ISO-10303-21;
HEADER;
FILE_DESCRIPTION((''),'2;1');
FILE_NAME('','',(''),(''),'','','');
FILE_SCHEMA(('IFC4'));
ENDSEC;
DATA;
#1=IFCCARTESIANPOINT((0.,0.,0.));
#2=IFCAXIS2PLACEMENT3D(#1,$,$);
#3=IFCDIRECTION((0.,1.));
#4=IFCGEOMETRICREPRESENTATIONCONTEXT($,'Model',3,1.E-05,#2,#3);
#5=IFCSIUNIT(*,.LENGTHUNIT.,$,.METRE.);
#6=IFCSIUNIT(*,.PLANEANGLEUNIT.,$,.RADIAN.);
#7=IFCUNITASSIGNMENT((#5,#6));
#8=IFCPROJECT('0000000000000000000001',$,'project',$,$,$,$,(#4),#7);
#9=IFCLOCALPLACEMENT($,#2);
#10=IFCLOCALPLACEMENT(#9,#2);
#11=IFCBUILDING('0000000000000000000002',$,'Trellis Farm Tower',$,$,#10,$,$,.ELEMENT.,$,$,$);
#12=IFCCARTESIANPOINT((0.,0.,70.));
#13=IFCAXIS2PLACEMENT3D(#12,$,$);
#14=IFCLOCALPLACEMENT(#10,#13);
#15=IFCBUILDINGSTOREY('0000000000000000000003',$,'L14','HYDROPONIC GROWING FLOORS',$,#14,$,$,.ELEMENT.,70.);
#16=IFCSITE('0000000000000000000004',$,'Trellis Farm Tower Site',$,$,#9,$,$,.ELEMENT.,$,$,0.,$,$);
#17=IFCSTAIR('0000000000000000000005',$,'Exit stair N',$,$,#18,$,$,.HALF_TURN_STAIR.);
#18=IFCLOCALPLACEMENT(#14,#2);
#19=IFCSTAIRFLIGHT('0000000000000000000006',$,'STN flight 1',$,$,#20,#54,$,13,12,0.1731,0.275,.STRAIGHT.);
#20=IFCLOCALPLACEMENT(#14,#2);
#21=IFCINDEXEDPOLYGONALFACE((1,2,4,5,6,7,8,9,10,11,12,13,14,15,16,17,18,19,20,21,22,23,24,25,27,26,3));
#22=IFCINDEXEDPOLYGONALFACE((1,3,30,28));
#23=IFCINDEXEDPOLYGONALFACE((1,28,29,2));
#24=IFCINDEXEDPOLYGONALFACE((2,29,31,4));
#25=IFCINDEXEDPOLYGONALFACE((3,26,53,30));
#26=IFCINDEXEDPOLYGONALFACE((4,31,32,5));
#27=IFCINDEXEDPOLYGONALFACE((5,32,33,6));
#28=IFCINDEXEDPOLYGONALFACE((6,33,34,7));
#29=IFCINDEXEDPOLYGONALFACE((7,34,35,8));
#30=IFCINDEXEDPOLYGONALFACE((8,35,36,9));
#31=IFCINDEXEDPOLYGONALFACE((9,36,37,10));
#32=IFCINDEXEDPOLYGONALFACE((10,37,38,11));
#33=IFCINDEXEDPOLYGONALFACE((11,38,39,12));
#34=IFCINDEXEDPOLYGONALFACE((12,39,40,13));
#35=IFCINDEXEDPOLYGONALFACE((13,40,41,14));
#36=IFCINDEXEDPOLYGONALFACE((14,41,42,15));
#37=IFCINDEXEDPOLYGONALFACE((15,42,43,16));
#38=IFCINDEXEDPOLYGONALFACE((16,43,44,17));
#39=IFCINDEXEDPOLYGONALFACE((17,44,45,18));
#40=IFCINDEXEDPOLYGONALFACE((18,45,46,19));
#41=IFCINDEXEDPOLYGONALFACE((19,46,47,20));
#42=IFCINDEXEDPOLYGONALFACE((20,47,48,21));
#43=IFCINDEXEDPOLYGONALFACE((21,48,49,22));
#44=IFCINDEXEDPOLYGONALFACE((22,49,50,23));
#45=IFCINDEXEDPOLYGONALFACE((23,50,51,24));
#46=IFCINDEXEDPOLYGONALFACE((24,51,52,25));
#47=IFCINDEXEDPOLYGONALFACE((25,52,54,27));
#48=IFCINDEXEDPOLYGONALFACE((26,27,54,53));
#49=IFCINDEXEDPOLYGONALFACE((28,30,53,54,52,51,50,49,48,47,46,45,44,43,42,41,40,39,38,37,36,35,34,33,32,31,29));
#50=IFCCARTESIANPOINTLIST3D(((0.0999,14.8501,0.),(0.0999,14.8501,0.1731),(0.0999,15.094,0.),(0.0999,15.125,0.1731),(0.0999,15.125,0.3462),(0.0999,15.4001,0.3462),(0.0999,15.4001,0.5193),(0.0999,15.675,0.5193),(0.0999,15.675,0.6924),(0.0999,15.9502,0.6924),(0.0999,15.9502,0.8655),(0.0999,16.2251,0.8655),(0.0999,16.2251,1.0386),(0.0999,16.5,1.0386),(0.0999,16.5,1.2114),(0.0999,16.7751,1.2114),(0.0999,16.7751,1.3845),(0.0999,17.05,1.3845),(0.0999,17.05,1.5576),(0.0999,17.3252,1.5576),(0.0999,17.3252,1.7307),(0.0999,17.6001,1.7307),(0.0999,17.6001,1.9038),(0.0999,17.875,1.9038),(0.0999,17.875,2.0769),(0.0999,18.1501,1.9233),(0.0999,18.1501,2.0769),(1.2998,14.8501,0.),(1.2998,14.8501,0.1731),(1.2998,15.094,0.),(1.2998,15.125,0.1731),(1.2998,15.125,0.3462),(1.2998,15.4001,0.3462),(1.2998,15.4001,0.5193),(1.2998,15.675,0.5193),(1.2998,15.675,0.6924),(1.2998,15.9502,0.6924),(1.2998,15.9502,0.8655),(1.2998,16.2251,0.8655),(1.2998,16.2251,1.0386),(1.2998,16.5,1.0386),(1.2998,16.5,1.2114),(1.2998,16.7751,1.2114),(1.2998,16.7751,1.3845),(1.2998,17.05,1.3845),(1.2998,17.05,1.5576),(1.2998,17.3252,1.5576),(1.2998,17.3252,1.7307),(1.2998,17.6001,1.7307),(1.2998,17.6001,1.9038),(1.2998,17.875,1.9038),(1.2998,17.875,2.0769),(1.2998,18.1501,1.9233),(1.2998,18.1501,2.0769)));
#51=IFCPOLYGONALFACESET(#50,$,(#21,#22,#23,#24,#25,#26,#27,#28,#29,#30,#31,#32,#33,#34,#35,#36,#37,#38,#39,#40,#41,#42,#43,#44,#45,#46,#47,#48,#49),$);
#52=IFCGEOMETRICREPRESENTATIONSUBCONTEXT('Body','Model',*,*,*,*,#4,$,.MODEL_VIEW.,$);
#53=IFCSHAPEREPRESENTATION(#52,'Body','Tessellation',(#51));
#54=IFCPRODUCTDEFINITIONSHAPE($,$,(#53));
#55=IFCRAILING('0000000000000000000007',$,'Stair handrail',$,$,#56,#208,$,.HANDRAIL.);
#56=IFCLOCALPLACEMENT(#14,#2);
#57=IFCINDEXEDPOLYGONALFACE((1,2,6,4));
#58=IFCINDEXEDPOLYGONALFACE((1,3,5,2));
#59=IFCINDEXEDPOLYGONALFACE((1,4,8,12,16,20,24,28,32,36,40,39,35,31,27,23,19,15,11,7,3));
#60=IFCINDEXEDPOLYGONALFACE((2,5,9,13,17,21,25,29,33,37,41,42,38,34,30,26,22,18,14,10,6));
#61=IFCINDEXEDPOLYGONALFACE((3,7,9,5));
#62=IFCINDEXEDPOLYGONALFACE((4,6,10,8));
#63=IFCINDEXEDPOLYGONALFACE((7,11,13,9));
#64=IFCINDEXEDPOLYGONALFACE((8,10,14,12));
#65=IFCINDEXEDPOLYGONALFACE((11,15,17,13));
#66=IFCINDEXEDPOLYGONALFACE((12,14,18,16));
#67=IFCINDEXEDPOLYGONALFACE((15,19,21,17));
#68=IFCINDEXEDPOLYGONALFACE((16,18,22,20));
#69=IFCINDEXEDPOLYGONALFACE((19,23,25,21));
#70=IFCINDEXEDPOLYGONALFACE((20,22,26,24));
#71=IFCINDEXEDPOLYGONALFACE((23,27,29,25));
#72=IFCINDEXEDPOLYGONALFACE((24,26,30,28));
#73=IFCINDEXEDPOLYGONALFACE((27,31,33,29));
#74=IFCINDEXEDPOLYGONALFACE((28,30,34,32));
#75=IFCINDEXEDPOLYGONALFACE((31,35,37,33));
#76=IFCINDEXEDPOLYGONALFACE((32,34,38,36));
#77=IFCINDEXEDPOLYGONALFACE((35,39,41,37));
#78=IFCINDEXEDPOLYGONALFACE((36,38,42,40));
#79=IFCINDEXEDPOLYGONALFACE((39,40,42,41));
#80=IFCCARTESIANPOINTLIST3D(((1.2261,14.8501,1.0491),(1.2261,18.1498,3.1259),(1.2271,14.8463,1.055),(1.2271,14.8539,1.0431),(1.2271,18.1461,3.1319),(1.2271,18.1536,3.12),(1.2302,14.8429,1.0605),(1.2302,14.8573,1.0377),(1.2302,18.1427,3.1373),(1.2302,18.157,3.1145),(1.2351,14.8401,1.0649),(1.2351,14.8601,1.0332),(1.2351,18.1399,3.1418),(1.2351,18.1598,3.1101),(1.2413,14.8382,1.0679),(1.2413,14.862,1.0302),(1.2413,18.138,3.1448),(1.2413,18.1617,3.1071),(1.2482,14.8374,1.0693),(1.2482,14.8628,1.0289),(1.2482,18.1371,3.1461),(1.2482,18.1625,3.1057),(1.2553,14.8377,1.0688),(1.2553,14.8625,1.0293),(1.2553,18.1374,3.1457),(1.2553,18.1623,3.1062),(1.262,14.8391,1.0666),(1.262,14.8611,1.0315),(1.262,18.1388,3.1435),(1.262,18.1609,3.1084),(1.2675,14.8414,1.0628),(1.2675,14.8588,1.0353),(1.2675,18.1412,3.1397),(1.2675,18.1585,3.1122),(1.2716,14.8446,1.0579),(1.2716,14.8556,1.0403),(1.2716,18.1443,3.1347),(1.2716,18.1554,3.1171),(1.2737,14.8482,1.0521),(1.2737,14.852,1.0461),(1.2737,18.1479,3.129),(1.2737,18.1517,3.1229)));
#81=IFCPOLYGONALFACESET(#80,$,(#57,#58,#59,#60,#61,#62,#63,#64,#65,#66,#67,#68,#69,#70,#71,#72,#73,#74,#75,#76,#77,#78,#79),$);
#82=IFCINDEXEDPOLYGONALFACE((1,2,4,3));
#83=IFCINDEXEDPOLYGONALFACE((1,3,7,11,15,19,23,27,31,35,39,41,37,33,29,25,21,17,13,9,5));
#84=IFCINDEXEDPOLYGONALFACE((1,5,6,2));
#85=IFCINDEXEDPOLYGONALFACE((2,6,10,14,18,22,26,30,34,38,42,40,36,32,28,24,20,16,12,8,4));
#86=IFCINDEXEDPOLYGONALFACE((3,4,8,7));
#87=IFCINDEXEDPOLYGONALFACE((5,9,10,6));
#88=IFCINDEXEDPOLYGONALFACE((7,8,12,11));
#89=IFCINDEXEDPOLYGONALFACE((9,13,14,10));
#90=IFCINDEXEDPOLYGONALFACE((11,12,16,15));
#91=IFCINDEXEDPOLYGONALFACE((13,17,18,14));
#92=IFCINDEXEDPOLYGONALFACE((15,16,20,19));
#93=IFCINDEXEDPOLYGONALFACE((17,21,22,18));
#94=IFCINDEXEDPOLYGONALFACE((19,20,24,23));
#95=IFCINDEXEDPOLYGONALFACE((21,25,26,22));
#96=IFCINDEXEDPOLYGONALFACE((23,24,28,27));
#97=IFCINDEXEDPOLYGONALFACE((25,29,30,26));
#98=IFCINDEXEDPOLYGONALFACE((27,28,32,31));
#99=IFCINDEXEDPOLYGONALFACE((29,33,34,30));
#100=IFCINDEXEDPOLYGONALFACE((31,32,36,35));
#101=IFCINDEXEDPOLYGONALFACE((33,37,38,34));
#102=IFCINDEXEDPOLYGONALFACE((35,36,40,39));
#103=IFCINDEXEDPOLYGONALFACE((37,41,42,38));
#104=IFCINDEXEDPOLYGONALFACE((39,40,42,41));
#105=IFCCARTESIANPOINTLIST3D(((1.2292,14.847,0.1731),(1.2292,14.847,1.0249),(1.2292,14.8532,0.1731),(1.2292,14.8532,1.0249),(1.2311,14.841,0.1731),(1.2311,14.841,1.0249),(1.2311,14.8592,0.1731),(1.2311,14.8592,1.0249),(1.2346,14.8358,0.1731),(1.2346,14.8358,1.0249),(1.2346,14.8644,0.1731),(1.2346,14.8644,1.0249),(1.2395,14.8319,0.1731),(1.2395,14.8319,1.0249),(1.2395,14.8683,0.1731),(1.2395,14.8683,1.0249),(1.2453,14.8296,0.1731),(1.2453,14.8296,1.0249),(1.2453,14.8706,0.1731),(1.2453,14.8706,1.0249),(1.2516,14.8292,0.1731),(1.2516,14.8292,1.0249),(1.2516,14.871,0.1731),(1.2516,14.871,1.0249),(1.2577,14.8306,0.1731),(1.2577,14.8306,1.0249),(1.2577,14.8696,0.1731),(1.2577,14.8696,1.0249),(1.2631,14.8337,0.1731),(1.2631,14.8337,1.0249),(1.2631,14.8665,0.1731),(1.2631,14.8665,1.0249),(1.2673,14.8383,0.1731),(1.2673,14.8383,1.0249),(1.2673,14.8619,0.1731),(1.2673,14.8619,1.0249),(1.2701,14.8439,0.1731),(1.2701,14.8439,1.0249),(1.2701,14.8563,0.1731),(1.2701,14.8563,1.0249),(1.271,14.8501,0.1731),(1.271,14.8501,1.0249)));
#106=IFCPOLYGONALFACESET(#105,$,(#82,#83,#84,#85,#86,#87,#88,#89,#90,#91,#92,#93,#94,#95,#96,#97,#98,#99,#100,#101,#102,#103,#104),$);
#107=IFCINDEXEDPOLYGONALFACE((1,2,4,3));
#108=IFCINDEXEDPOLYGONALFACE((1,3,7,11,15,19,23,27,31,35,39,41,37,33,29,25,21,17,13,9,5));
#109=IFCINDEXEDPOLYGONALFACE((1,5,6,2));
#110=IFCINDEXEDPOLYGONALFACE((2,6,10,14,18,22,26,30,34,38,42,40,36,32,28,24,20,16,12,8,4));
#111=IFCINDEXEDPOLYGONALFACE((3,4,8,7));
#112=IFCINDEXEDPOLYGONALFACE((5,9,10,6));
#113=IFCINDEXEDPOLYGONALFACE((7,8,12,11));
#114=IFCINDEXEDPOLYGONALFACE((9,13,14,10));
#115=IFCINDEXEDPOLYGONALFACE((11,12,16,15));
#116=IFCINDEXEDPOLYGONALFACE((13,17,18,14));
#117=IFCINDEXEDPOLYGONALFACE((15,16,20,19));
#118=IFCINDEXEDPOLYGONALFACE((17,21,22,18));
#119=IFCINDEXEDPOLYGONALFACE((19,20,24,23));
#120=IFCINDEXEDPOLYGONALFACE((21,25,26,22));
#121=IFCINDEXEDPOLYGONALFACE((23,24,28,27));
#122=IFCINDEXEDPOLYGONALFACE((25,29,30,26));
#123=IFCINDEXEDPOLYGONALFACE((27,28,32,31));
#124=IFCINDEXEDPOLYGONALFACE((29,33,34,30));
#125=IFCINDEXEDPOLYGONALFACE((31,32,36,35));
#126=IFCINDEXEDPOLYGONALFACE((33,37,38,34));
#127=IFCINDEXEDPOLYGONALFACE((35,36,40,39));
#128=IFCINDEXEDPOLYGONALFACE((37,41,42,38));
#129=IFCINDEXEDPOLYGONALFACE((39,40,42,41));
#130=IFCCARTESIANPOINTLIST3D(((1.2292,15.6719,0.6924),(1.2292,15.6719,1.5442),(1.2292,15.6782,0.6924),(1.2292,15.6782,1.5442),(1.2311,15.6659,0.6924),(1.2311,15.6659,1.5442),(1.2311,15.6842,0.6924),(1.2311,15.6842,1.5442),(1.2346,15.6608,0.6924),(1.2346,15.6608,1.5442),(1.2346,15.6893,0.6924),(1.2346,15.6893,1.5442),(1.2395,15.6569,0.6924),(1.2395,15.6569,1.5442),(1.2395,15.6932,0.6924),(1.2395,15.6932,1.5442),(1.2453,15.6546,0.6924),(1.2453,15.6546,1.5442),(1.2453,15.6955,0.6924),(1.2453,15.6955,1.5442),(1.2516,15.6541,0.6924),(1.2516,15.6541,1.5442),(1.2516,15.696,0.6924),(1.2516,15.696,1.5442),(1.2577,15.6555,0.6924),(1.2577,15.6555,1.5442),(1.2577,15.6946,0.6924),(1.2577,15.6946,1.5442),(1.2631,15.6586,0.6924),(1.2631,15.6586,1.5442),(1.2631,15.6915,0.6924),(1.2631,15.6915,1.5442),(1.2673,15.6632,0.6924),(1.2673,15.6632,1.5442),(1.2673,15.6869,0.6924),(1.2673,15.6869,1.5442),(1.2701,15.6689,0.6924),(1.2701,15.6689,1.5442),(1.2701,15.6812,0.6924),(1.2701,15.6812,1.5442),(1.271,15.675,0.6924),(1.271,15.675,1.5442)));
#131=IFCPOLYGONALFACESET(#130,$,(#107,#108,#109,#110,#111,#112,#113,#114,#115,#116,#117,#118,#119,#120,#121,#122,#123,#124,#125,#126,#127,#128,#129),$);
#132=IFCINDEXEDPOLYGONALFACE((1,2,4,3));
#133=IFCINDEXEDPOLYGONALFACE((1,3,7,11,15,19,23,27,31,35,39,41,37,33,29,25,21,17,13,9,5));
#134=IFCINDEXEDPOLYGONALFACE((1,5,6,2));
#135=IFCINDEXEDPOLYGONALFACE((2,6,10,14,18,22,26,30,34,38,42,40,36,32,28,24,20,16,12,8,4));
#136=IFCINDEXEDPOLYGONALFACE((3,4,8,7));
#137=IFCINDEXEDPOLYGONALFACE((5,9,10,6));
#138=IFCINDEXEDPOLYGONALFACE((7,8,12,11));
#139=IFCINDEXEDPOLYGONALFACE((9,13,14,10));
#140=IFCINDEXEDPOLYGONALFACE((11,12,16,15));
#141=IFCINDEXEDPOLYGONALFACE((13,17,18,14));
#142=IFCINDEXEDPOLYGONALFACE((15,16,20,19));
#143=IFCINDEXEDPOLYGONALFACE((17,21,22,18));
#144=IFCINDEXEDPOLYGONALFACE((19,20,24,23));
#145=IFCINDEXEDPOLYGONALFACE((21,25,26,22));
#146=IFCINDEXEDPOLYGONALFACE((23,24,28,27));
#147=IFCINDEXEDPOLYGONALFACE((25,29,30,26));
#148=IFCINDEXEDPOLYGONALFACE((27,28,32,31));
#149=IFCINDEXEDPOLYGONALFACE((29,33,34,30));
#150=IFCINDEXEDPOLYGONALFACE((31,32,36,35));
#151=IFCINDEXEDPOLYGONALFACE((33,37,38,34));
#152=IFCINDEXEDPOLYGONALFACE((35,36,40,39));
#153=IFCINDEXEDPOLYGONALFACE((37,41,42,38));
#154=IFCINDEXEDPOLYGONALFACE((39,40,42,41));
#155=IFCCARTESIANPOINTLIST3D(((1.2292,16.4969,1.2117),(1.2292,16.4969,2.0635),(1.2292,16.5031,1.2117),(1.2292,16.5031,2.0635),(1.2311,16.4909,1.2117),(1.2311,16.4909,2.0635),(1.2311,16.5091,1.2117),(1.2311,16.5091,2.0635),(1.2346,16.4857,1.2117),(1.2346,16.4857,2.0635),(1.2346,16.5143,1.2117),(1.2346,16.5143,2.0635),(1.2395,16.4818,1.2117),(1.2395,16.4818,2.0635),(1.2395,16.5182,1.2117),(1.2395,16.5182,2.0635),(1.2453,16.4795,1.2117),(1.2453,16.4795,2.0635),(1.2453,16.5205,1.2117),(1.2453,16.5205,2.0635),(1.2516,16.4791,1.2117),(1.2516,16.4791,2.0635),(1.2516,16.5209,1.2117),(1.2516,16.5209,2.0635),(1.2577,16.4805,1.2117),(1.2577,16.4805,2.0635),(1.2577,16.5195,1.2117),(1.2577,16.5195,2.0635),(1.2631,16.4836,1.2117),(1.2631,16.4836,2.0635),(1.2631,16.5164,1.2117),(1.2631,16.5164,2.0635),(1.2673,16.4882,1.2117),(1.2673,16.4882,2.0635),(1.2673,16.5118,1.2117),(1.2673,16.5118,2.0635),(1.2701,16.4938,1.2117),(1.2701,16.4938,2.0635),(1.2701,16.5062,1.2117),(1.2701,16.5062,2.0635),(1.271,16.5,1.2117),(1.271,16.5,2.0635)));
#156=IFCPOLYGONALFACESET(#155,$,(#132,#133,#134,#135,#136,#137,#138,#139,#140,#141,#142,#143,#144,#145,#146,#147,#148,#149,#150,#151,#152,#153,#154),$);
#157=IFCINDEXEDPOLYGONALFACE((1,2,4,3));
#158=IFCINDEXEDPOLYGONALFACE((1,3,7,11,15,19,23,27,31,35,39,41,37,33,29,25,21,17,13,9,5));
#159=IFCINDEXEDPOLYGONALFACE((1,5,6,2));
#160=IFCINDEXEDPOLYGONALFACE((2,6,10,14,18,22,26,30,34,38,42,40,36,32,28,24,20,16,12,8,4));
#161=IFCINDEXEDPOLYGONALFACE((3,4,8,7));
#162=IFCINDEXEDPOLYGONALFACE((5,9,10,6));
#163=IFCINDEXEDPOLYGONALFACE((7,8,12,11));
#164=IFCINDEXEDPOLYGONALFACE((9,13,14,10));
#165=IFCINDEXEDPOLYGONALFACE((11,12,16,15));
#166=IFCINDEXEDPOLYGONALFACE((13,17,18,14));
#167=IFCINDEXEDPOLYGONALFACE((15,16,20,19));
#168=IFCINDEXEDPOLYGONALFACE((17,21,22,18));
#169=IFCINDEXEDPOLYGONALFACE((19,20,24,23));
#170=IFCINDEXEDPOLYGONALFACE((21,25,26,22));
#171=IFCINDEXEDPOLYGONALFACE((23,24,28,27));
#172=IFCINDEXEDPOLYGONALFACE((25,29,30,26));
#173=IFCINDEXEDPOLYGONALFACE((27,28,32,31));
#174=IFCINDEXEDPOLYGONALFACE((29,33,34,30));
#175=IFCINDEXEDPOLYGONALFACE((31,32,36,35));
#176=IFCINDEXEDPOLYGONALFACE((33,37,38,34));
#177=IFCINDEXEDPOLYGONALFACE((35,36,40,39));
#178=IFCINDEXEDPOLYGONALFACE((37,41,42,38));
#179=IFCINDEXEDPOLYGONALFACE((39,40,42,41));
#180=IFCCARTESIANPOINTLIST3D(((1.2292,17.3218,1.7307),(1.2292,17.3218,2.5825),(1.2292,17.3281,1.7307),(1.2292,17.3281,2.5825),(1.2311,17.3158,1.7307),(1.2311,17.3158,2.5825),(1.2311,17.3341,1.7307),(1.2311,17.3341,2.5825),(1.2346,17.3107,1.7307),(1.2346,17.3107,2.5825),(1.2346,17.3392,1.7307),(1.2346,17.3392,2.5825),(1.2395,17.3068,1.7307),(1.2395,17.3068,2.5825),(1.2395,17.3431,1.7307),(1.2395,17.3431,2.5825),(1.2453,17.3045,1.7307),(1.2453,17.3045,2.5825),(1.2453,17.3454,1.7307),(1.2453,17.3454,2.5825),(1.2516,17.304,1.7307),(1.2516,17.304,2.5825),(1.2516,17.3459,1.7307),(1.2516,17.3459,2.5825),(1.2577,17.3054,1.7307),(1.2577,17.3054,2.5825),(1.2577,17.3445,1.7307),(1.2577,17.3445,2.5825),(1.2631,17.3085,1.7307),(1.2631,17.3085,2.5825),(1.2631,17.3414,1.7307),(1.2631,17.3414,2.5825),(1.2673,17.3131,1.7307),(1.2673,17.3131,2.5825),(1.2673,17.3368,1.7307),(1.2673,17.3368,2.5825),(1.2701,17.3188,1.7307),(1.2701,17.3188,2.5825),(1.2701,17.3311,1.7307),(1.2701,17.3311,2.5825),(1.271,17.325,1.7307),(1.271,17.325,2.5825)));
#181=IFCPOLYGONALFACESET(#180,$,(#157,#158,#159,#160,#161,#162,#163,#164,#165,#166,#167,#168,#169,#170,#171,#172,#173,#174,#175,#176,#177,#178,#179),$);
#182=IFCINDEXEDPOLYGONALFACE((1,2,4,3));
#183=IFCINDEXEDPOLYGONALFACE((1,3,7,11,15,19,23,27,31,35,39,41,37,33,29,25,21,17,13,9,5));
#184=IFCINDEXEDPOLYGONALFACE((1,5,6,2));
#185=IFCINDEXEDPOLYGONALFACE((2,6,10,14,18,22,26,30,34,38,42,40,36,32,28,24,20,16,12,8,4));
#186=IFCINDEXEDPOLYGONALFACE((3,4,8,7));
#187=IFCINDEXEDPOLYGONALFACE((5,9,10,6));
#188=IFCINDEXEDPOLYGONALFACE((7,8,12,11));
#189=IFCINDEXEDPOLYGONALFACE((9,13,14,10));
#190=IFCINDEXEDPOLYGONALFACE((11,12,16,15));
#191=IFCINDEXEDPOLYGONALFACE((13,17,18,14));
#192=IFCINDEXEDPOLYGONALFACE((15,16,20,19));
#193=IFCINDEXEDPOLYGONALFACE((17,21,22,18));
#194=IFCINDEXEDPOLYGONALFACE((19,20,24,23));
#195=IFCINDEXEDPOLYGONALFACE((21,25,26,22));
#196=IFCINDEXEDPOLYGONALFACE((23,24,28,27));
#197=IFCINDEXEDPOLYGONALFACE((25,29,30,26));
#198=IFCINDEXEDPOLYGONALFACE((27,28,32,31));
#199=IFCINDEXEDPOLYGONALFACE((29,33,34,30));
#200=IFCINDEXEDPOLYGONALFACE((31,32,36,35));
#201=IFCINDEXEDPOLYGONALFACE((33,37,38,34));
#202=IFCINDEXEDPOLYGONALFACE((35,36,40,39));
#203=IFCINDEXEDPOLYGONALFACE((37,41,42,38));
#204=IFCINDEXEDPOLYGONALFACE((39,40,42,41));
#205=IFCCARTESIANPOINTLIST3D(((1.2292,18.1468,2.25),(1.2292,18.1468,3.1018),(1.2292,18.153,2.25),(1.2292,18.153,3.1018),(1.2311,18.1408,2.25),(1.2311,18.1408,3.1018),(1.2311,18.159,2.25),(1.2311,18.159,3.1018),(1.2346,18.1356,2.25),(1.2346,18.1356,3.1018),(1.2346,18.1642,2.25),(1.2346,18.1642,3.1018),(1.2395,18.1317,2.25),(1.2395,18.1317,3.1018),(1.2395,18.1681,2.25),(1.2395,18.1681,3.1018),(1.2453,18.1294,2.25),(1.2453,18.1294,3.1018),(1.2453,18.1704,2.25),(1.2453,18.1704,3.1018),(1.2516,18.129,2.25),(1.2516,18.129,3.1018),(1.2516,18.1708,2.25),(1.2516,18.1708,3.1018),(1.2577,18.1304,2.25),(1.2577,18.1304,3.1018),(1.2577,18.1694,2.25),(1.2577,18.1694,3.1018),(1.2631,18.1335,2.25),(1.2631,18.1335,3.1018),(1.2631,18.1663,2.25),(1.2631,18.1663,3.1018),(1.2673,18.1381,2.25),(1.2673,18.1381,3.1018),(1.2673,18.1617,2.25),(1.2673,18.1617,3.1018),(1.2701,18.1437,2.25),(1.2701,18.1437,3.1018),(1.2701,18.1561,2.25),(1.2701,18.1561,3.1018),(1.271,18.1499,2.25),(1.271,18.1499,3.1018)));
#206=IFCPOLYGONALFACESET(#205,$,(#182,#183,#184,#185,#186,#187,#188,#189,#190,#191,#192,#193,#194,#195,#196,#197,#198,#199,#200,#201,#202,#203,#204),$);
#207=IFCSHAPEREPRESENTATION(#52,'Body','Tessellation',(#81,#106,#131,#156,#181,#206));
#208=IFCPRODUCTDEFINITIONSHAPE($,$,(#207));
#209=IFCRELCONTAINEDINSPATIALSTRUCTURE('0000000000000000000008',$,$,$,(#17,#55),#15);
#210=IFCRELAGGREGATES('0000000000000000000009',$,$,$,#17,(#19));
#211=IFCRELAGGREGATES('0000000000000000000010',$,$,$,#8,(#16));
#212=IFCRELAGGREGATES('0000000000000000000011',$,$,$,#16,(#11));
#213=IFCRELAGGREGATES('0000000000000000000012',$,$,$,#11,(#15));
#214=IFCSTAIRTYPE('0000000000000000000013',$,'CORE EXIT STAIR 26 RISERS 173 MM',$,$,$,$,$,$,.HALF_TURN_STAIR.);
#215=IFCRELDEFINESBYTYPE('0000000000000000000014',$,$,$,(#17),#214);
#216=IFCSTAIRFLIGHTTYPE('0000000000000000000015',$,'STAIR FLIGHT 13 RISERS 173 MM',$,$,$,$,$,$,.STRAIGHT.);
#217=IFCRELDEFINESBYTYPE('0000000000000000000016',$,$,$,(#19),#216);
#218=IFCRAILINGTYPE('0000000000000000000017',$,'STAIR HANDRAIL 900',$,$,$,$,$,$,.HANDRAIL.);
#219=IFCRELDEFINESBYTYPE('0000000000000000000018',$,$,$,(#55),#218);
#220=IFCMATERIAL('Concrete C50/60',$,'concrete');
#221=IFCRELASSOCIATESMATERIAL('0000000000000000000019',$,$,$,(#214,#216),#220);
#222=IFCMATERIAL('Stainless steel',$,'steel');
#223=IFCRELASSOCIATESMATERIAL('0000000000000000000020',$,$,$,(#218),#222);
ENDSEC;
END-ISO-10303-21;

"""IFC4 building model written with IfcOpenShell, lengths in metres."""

from ifc_helpers import new_model, si_unit, direction, frame, origin, origin_2d, place, context, subcontext, project, spatial, polyline, circle, outline, extrude, source, transform, mapped, material, type_object, element, aggregate, save


model = new_model("IFC4")

# Units and contexts
model_context = context("Model", 3, precision=1e-05, world=origin(), true_north=direction((0.0, 1.0)))
body_context = subcontext(model_context, "Body", "Model", "MODEL_VIEW")
ifc_project = project(units=[si_unit("LENGTHUNIT", "METRE"), si_unit("PLANEANGLEUNIT", "RADIAN")], contexts=[model_context])

# Site, building, storey
site_placement = place(None, origin())
site = spatial("IfcSite", under=ifc_project, at=site_placement, Name="Trellis Farm Tower Site", CompositionType="ELEMENT", RefElevation=0.0)
building_placement = place(site_placement, origin())
building = spatial("IfcBuilding", under=site, at=building_placement, Name="Trellis Farm Tower", CompositionType="ELEMENT")
storey_placement = place(building_placement, frame((0.0, 0.0, 70.0)))
storey = spatial("IfcBuildingStorey", under=building, at=storey_placement, Name="L14", Description="HYDROPONIC GROWING FLOORS", CompositionType="ELEMENT", Elevation=70.0)

# Shared definitions
placement = place(storey_placement, origin())

# Stair, stair flight
ifc_material_1 = material(Name="Concrete C50/60", Category="concrete")
stair_type = type_object("IfcStairType", Name="CORE EXIT STAIR 26 RISERS 173 MM", PredefinedType="HALF_TURN_STAIR", material=ifc_material_1)
stair = element("IfcStair", 1, at=placement, inside=storey, type_object=stair_type, Name="Exit stair N", PredefinedType="HALF_TURN_STAIR")
stair_flight_type = type_object("IfcStairFlightType", Name="STAIR FLIGHT 13 RISERS 173 MM", PredefinedType="STRAIGHT", material=ifc_material_1)
shared_shape_1 = source(origin(), body_context, "Body", "SweptSolid", [
    extrude(outline(polyline([(0.0, 0.0), (0.0, 0.1731), (0.2749, 0.1731), (0.2749, 0.3462), (0.55, 0.3462), (0.55, 0.5193), (0.825, 0.5193), (0.825, 0.6924), (1.1001, 0.6924), (1.1001, 0.8655), (1.375, 0.8655), (1.375, 1.0386), (1.6499, 1.0386), (1.6499, 1.2114), (1.925, 1.2114), (1.925, 1.3845), (2.2, 1.3845), (2.2, 1.5576), (2.4751, 1.5576), (2.4751, 1.7307), (2.75, 1.7307), (2.75, 1.9038), (3.0249, 1.9038), (3.0249, 2.0769), (3.3, 2.0769), (3.3, 2.25), (3.3, 1.9233), (0.2439, 0.0), (0.0, 0.0)])), frame((0.0, 0.6001, 0.0), z_axis=(0.0, -1.0, 0.0), x_axis=(1.0, 0.0, 0.0)), (0.0, 0.0, 1.0), 1.2),
])
stair_flight_placement = place(storey_placement, frame((0.7, 14.8501, 0.0), z_axis=(0.0, 0.0, 1.0), x_axis=(0.0, 1.0, 0.0)))
stair_flight = element("IfcStairFlight", 2, at=stair_flight_placement, type_object=stair_flight_type, Name="STN flight 1", NumberOfRisers=13, NumberOfTreads=12, PredefinedType="STRAIGHT", RiserHeight=0.1731, TreadLength=0.275, context=body_context, shape_type="MappedRepresentation", body=[
    mapped(shared_shape_1, transform((0.0, 0.0, 0.0))),
])
aggregate(stair, [stair_flight])

# Railing
ifc_material_2 = material(Name="Stainless steel", Category="steel")
railing_type = type_object("IfcRailingType", Name="STAIR HANDRAIL 900", PredefinedType="HANDRAIL", material=ifc_material_2)
shared_shape_2 = source(origin(), body_context, "Body", "SweptSolid", [
    extrude(circle(Radius=0.0239, at=origin_2d()), frame((0.0, 0.0, 0.876), z_axis=(0.0, 0.84632, 0.532675), x_axis=(-1.0, 0.0, 0.0)), (0.0, 0.0, 1.0), 3.8989),
    extrude(circle(Radius=0.021, at=origin_2d()), origin(), (0.0, 0.0, 1.0), 0.8518),
    extrude(circle(Radius=0.021, at=origin_2d()), frame((0.0, 0.825, 0.5193)), (0.0, 0.0, 1.0), 0.8518),
    extrude(circle(Radius=0.021, at=origin_2d()), frame((0.0, 1.6499, 1.0386)), (0.0, 0.0, 1.0), 0.8518),
    extrude(circle(Radius=0.021, at=origin_2d()), frame((0.0, 2.4749, 1.5576)), (0.0, 0.0, 1.0), 0.8518),
    extrude(circle(Radius=0.021, at=origin_2d()), frame((0.0, 3.2998, 2.0769)), (0.0, 0.0, 1.0), 0.8518),
])
railing_placement = place(storey_placement, frame((1.25, 14.8501, 0.1731)))
element("IfcRailing", 3, at=railing_placement, inside=storey, type_object=railing_type, Name="Stair handrail", PredefinedType="HANDRAIL", context=body_context, shape_type="MappedRepresentation", body=[
    mapped(shared_shape_2, transform((0.0, 0.0, 0.0))),
])

save(model, "model.ifc")
